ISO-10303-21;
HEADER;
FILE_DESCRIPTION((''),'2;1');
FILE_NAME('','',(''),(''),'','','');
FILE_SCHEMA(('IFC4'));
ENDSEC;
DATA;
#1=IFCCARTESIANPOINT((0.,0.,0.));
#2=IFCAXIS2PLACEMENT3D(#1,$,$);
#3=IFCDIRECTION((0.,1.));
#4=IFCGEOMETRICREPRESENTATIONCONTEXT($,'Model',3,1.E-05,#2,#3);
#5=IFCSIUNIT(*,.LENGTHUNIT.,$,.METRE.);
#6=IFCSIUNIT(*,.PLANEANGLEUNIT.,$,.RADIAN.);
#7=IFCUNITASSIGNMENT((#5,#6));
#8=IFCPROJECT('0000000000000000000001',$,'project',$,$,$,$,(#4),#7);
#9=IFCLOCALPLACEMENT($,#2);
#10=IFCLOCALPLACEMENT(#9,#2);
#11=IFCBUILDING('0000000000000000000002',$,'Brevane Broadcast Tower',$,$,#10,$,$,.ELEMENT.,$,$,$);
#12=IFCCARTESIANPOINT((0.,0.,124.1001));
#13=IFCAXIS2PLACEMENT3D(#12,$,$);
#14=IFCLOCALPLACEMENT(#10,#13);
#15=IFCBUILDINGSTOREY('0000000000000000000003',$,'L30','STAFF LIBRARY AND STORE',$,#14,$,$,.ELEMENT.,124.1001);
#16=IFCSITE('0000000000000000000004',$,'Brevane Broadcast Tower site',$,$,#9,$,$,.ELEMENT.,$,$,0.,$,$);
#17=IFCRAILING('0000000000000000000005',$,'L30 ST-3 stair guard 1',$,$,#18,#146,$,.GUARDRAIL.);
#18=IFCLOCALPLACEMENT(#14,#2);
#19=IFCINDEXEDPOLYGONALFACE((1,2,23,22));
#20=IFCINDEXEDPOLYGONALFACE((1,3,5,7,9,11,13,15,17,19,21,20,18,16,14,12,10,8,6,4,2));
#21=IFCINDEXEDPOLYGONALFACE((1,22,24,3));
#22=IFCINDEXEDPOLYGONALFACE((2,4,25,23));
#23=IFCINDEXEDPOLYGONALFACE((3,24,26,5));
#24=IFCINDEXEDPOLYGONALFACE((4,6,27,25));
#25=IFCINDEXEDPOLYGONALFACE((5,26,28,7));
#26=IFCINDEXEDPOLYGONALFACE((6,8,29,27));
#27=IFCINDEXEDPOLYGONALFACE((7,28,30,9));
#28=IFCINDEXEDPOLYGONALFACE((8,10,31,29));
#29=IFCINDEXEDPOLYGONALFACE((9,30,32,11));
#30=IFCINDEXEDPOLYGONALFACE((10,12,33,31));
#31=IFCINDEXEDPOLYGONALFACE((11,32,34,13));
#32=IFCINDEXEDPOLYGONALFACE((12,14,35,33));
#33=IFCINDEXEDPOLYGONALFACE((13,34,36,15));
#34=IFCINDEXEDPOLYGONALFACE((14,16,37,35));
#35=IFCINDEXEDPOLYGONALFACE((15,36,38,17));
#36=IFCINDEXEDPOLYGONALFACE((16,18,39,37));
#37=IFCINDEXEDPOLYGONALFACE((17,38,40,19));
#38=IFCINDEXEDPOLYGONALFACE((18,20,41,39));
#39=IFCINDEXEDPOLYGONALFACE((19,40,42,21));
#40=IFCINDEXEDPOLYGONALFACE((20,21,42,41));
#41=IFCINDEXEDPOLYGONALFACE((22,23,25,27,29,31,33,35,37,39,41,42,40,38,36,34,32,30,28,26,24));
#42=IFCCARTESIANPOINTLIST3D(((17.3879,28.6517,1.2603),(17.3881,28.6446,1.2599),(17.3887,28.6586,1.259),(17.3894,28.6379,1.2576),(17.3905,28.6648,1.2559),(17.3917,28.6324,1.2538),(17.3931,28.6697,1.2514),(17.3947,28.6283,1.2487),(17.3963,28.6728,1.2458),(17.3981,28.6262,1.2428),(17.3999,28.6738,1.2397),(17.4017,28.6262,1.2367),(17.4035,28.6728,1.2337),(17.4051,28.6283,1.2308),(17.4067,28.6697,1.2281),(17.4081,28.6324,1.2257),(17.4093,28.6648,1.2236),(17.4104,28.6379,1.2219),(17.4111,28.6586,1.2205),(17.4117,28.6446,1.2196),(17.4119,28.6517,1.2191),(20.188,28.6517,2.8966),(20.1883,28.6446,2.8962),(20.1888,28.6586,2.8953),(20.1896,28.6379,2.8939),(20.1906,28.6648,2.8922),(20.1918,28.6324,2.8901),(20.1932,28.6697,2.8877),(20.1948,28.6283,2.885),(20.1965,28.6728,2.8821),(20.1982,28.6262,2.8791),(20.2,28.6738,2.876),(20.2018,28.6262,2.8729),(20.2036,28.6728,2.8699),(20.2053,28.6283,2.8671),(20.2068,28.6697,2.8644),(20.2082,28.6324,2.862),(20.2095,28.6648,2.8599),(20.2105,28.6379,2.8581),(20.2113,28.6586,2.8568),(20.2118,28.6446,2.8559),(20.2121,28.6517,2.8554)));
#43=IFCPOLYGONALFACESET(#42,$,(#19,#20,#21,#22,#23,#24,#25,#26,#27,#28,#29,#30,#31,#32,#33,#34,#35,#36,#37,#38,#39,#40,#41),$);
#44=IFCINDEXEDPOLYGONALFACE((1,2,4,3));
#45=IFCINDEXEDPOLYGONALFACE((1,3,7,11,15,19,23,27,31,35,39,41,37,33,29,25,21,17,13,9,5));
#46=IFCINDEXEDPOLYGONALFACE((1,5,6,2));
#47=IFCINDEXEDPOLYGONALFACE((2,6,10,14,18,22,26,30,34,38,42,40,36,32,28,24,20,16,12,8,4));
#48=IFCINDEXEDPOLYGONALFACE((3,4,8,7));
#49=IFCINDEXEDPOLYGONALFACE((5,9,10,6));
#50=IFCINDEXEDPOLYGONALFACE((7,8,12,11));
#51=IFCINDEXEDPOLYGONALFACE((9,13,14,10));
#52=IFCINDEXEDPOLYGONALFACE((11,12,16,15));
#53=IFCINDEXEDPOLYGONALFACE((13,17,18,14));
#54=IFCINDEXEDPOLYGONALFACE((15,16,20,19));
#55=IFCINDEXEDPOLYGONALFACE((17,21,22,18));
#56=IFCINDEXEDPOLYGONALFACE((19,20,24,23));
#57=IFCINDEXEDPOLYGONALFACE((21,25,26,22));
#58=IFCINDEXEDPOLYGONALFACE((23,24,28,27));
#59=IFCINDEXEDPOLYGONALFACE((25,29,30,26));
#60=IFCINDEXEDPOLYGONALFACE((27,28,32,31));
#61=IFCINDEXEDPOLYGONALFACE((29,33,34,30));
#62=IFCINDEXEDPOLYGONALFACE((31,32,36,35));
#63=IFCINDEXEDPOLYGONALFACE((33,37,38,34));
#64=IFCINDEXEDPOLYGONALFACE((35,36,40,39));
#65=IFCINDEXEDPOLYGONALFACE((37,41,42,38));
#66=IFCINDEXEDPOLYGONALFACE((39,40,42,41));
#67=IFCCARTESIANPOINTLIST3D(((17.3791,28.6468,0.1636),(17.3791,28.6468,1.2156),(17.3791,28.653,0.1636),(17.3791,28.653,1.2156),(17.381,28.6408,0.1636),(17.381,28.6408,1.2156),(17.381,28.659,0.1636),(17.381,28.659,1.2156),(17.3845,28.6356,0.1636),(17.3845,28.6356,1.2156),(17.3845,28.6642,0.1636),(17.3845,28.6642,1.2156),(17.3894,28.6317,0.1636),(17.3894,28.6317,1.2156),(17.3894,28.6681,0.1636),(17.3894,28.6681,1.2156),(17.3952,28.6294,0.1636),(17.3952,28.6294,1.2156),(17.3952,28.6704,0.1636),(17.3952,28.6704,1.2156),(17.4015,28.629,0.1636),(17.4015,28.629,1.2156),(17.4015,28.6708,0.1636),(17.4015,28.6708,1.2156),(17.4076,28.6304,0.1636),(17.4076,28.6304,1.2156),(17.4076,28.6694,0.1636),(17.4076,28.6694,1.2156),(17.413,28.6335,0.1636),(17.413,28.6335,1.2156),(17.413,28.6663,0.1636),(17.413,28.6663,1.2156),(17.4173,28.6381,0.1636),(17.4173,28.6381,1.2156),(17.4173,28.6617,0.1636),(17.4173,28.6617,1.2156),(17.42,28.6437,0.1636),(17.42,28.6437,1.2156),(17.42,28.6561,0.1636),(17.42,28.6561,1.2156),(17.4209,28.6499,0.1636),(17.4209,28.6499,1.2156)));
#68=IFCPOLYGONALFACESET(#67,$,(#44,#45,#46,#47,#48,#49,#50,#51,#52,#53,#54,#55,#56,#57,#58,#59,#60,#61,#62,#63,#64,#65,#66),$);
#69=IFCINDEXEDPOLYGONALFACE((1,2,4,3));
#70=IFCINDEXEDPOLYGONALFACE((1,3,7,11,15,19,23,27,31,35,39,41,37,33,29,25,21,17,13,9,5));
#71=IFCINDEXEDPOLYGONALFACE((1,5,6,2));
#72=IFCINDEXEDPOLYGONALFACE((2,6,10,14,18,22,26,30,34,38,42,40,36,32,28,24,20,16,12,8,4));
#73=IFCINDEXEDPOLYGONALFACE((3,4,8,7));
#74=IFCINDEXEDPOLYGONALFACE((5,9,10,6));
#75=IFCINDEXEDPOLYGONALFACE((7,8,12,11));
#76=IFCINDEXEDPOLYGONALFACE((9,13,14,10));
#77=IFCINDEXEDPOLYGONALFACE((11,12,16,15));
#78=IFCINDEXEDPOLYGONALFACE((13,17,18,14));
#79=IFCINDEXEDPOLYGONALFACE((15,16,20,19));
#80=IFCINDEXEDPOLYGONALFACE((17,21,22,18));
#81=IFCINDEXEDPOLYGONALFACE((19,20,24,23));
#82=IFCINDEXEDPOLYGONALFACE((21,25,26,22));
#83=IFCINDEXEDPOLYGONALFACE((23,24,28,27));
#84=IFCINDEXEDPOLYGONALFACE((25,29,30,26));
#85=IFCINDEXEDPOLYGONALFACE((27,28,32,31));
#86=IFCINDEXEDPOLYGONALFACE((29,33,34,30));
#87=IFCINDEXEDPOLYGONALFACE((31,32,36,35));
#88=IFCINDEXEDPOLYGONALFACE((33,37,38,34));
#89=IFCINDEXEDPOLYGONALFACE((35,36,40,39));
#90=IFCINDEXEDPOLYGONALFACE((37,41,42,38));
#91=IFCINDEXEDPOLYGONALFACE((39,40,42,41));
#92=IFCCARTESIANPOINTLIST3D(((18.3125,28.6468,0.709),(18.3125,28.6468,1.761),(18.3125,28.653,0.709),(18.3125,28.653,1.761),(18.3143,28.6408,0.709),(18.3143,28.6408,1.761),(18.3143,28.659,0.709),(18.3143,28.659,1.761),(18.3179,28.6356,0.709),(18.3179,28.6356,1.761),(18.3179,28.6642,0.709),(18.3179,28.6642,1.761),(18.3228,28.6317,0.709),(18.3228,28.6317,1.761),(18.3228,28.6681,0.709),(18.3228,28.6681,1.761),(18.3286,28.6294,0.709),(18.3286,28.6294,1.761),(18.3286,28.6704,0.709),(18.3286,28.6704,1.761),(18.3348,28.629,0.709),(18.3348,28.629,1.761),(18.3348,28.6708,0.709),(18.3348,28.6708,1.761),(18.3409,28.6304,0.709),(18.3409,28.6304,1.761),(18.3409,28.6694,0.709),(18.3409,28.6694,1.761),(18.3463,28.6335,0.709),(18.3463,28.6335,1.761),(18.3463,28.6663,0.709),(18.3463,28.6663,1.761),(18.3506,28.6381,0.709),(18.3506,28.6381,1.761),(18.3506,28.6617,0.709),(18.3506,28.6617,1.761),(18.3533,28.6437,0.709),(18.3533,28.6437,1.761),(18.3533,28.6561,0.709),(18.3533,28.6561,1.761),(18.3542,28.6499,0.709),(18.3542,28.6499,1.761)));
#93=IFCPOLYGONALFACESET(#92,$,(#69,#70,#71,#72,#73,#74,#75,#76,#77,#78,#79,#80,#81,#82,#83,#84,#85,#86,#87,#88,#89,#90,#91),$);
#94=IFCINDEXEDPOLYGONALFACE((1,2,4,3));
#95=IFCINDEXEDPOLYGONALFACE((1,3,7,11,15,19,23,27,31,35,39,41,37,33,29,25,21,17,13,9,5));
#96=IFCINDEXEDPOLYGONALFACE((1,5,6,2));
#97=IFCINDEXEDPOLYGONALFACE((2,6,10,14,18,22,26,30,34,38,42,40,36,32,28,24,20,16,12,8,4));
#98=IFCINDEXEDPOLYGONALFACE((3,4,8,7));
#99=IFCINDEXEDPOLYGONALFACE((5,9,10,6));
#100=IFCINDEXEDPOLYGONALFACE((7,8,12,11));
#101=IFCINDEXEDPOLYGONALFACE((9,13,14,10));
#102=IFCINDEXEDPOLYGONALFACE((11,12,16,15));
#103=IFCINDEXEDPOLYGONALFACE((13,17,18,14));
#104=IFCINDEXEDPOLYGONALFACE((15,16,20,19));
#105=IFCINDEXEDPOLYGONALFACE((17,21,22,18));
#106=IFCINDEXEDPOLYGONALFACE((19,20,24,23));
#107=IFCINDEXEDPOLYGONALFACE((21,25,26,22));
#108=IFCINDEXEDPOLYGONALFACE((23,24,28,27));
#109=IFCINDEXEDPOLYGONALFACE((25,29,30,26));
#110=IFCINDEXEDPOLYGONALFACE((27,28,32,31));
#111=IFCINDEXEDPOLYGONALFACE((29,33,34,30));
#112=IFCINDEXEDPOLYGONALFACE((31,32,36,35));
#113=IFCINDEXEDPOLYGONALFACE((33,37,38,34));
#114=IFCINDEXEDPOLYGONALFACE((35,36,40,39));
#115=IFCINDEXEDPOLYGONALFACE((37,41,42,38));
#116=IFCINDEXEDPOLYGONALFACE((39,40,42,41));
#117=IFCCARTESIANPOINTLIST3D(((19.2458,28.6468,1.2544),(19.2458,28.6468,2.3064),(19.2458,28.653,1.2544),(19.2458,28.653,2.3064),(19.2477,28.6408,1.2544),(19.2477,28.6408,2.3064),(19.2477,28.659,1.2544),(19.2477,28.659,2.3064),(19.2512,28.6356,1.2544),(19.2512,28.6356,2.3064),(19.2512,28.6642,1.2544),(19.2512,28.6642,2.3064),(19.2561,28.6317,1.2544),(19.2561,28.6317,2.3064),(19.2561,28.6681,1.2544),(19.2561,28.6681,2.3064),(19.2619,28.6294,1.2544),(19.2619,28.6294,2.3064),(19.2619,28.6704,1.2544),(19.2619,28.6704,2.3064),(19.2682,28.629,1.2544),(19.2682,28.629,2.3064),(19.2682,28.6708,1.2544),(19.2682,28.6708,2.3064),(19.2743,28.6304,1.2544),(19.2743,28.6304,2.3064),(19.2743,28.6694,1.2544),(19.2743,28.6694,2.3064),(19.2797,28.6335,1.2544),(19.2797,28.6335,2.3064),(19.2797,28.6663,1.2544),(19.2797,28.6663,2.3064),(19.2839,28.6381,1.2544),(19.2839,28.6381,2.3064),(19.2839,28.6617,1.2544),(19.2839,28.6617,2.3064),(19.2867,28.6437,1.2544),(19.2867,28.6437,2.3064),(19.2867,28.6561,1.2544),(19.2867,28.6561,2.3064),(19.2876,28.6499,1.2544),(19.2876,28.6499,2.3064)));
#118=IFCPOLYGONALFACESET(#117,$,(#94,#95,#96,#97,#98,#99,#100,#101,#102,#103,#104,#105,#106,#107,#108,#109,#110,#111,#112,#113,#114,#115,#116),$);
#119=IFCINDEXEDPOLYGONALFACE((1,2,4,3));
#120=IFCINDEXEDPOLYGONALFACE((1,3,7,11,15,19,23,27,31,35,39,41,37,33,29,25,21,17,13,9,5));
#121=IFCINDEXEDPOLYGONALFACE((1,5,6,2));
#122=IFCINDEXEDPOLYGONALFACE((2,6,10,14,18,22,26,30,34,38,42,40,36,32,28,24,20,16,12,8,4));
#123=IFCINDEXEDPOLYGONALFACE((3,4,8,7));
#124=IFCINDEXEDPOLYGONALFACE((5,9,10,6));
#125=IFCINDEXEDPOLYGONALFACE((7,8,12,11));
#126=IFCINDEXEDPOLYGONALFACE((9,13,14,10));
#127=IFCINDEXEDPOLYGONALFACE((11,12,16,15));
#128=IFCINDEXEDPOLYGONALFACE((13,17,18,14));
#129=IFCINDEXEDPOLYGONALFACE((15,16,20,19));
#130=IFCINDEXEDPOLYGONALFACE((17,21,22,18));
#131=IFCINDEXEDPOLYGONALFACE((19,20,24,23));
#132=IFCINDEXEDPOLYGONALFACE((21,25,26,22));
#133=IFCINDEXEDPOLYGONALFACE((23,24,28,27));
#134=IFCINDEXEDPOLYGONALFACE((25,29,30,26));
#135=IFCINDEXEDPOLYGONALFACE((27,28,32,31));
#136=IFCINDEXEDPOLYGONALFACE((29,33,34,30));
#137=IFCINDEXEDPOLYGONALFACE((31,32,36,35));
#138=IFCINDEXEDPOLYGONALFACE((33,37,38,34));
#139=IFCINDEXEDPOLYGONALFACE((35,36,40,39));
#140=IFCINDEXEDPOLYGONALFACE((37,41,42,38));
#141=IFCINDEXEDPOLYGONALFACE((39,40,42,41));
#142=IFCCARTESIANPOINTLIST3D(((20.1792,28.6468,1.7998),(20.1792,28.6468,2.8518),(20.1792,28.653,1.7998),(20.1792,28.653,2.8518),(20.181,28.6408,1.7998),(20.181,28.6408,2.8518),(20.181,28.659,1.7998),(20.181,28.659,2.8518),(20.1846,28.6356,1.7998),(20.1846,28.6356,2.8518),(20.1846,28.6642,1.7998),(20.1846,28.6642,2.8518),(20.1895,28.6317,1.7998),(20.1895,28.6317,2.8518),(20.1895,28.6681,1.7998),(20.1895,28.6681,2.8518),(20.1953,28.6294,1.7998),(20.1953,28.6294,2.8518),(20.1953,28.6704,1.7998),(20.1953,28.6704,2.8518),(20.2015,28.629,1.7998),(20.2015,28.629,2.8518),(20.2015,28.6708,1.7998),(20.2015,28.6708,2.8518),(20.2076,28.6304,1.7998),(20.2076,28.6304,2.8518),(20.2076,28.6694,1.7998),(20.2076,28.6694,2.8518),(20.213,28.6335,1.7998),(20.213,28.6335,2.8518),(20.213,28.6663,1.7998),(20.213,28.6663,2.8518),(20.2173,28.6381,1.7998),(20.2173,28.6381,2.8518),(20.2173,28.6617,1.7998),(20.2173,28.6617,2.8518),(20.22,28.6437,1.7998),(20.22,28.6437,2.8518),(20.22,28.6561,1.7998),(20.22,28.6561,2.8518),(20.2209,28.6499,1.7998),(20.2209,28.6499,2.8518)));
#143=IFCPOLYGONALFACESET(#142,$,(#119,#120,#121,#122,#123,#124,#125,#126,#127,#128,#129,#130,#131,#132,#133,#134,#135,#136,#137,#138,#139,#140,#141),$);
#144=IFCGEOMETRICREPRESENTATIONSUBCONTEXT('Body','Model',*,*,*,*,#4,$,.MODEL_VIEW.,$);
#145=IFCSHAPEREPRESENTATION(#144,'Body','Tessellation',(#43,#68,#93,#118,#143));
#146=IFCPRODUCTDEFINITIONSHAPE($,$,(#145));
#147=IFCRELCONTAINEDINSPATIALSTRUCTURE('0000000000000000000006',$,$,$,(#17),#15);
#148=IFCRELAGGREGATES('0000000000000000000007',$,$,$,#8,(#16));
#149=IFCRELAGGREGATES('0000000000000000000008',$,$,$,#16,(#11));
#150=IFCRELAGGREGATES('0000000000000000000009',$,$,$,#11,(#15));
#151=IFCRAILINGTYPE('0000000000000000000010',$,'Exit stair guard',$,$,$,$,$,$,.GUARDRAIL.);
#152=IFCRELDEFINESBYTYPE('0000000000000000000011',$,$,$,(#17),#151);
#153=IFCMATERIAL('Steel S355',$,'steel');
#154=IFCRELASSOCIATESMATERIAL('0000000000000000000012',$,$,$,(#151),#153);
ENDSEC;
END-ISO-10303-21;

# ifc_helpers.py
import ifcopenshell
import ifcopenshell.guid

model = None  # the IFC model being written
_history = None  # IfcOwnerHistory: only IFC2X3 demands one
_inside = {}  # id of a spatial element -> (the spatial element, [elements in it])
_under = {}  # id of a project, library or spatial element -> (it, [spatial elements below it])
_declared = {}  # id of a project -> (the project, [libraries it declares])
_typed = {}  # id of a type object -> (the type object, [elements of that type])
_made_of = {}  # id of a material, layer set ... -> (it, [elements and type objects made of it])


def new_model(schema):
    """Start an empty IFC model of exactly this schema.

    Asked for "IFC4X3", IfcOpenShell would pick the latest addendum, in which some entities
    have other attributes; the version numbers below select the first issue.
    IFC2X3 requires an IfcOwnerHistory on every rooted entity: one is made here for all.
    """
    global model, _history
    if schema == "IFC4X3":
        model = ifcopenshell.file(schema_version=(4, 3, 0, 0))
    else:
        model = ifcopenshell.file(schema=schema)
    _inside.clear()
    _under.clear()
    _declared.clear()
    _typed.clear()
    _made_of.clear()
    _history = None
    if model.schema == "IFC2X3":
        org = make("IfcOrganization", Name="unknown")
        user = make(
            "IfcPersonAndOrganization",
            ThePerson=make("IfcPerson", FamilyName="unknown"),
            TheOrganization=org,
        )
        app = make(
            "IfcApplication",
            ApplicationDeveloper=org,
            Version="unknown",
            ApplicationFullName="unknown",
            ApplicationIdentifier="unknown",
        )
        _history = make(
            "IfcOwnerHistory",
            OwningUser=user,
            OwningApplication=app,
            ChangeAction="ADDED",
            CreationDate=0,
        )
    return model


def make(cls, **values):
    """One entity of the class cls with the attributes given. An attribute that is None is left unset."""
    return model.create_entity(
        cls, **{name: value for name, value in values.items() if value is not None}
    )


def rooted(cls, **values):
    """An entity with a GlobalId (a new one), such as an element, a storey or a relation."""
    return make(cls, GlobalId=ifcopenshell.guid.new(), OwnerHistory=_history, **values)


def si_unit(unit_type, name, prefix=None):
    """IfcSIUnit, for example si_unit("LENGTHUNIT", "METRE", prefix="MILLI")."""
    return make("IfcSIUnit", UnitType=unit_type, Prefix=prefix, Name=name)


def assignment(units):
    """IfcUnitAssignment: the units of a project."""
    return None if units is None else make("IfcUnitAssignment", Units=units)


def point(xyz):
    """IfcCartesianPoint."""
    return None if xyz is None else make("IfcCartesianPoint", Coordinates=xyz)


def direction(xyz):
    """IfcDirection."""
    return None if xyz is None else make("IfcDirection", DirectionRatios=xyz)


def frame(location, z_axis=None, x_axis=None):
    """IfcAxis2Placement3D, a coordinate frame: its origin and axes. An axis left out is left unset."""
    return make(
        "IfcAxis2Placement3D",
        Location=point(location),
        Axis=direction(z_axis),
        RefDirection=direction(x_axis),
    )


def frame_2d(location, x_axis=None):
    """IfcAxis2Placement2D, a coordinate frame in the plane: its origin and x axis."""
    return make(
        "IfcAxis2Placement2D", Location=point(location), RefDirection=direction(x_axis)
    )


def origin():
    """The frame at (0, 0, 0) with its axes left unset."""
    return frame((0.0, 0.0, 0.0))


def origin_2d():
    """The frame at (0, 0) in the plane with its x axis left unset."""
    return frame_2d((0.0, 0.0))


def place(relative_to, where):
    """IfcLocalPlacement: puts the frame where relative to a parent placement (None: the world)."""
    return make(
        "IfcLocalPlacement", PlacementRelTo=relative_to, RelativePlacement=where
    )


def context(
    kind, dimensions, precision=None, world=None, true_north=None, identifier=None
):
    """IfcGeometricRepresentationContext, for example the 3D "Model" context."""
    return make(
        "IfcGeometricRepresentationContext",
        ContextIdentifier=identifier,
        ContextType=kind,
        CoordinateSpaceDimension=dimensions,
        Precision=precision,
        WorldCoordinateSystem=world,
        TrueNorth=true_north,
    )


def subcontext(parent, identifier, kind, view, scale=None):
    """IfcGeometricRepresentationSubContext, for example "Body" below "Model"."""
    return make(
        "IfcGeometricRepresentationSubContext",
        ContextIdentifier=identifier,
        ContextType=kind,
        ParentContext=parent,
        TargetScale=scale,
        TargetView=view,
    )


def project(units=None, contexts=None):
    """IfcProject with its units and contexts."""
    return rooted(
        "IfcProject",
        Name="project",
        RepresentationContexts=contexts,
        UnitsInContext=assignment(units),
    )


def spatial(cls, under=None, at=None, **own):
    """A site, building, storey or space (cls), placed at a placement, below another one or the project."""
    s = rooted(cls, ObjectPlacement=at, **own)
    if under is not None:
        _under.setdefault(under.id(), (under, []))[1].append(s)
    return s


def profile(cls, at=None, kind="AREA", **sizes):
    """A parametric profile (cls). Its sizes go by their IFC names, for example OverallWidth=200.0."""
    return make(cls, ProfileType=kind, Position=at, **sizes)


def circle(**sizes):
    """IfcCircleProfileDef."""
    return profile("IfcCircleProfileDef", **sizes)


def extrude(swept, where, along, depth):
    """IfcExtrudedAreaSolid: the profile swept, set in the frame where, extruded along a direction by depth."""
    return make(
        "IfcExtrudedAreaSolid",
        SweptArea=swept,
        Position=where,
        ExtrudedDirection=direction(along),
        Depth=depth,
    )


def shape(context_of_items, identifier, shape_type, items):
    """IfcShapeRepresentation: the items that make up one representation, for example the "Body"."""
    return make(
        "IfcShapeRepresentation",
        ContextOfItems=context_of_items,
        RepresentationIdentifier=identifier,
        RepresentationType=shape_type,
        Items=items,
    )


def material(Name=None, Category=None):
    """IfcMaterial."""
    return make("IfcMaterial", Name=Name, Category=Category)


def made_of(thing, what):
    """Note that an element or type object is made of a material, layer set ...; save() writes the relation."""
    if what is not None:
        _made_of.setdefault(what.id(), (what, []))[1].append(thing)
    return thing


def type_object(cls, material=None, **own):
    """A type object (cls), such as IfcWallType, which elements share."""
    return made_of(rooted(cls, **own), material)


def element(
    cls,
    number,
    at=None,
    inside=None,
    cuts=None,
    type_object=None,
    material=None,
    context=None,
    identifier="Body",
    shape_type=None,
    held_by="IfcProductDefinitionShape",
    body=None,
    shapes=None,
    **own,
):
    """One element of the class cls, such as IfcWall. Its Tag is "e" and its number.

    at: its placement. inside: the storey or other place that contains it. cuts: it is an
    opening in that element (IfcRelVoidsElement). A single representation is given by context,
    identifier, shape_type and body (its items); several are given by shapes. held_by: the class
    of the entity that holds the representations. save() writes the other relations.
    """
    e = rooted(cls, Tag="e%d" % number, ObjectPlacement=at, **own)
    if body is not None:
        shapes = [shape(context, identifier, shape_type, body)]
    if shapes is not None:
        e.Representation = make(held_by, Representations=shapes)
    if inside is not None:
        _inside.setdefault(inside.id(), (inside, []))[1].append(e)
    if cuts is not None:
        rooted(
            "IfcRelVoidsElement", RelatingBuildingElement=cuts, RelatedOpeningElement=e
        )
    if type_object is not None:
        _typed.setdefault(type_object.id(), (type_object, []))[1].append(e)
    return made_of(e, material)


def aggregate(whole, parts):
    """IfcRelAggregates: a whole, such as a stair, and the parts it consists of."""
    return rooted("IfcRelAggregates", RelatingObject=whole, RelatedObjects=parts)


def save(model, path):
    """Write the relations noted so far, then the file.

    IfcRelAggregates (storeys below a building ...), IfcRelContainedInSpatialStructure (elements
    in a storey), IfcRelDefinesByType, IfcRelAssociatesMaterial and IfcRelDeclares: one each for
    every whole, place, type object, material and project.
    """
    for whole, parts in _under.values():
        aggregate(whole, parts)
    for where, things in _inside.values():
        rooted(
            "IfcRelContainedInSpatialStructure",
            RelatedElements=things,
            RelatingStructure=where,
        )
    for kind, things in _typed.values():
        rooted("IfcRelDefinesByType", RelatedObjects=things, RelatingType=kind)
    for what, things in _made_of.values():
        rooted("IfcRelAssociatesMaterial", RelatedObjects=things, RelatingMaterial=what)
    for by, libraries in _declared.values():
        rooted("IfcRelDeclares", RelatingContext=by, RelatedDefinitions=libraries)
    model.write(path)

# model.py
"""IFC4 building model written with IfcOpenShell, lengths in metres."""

from ifc_helpers import new_model, si_unit, direction, frame, origin, origin_2d, place, context, subcontext, project, spatial, circle, extrude, material, type_object, element, save


model = new_model("IFC4")

# Units and contexts
model_context = context("Model", 3, precision=1e-05, world=origin(), true_north=direction((0.0, 1.0)))
body_context = subcontext(model_context, "Body", "Model", "MODEL_VIEW")
ifc_project = project(units=[si_unit("LENGTHUNIT", "METRE"), si_unit("PLANEANGLEUNIT", "RADIAN")], contexts=[model_context])

# Site, building, storey
site_placement = place(None, origin())
site = spatial("IfcSite", under=ifc_project, at=site_placement, Name="Brevane Broadcast Tower site", CompositionType="ELEMENT", RefElevation=0.0)
building_placement = place(site_placement, origin())
building = spatial("IfcBuilding", under=site, at=building_placement, Name="Brevane Broadcast Tower", CompositionType="ELEMENT")
storey_placement = place(building_placement, frame((0.0, 0.0, 124.1001)))
storey = spatial("IfcBuildingStorey", under=building, at=storey_placement, Name="L30", Description="STAFF LIBRARY AND STORE", CompositionType="ELEMENT", Elevation=124.1001)

# Railing
ifc_material_1 = material(Name="Steel S355", Category="steel")
railing_type_1 = type_object("IfcRailingType", Name="Exit stair guard", PredefinedType="GUARDRAIL", material=ifc_material_1)
railing_1_placement = place(storey_placement, frame((17.3999, 28.6499, 0.1636)))
element("IfcRailing", 1, at=railing_1_placement, inside=storey, type_object=railing_type_1, Name="L30 ST-3 stair guard 1", PredefinedType="GUARDRAIL", context=body_context, shape_type="SweptSolid", body=[
    extrude(circle(Radius=0.0239, at=origin_2d()), frame((0.0, 0.0, 1.0762), z_axis=(0.863394, 0.0, 0.504531), x_axis=(0.0, 1.0, 0.0)), (0.0, 0.0, 1.0), 3.2432),
    extrude(circle(Radius=0.021, at=origin_2d()), origin(), (0.0, 0.0, 1.0), 1.052),
    extrude(circle(Radius=0.021, at=origin_2d()), frame((0.9333, 0.0, 0.5454)), (0.0, 0.0, 1.0), 1.052),
    extrude(circle(Radius=0.021, at=origin_2d()), frame((1.8667, 0.0, 1.0908)), (0.0, 0.0, 1.0), 1.052),
    extrude(circle(Radius=0.021, at=origin_2d()), frame((2.8, 0.0, 1.6362)), (0.0, 0.0, 1.0), 1.052),
])

save(model, "model.ifc")
